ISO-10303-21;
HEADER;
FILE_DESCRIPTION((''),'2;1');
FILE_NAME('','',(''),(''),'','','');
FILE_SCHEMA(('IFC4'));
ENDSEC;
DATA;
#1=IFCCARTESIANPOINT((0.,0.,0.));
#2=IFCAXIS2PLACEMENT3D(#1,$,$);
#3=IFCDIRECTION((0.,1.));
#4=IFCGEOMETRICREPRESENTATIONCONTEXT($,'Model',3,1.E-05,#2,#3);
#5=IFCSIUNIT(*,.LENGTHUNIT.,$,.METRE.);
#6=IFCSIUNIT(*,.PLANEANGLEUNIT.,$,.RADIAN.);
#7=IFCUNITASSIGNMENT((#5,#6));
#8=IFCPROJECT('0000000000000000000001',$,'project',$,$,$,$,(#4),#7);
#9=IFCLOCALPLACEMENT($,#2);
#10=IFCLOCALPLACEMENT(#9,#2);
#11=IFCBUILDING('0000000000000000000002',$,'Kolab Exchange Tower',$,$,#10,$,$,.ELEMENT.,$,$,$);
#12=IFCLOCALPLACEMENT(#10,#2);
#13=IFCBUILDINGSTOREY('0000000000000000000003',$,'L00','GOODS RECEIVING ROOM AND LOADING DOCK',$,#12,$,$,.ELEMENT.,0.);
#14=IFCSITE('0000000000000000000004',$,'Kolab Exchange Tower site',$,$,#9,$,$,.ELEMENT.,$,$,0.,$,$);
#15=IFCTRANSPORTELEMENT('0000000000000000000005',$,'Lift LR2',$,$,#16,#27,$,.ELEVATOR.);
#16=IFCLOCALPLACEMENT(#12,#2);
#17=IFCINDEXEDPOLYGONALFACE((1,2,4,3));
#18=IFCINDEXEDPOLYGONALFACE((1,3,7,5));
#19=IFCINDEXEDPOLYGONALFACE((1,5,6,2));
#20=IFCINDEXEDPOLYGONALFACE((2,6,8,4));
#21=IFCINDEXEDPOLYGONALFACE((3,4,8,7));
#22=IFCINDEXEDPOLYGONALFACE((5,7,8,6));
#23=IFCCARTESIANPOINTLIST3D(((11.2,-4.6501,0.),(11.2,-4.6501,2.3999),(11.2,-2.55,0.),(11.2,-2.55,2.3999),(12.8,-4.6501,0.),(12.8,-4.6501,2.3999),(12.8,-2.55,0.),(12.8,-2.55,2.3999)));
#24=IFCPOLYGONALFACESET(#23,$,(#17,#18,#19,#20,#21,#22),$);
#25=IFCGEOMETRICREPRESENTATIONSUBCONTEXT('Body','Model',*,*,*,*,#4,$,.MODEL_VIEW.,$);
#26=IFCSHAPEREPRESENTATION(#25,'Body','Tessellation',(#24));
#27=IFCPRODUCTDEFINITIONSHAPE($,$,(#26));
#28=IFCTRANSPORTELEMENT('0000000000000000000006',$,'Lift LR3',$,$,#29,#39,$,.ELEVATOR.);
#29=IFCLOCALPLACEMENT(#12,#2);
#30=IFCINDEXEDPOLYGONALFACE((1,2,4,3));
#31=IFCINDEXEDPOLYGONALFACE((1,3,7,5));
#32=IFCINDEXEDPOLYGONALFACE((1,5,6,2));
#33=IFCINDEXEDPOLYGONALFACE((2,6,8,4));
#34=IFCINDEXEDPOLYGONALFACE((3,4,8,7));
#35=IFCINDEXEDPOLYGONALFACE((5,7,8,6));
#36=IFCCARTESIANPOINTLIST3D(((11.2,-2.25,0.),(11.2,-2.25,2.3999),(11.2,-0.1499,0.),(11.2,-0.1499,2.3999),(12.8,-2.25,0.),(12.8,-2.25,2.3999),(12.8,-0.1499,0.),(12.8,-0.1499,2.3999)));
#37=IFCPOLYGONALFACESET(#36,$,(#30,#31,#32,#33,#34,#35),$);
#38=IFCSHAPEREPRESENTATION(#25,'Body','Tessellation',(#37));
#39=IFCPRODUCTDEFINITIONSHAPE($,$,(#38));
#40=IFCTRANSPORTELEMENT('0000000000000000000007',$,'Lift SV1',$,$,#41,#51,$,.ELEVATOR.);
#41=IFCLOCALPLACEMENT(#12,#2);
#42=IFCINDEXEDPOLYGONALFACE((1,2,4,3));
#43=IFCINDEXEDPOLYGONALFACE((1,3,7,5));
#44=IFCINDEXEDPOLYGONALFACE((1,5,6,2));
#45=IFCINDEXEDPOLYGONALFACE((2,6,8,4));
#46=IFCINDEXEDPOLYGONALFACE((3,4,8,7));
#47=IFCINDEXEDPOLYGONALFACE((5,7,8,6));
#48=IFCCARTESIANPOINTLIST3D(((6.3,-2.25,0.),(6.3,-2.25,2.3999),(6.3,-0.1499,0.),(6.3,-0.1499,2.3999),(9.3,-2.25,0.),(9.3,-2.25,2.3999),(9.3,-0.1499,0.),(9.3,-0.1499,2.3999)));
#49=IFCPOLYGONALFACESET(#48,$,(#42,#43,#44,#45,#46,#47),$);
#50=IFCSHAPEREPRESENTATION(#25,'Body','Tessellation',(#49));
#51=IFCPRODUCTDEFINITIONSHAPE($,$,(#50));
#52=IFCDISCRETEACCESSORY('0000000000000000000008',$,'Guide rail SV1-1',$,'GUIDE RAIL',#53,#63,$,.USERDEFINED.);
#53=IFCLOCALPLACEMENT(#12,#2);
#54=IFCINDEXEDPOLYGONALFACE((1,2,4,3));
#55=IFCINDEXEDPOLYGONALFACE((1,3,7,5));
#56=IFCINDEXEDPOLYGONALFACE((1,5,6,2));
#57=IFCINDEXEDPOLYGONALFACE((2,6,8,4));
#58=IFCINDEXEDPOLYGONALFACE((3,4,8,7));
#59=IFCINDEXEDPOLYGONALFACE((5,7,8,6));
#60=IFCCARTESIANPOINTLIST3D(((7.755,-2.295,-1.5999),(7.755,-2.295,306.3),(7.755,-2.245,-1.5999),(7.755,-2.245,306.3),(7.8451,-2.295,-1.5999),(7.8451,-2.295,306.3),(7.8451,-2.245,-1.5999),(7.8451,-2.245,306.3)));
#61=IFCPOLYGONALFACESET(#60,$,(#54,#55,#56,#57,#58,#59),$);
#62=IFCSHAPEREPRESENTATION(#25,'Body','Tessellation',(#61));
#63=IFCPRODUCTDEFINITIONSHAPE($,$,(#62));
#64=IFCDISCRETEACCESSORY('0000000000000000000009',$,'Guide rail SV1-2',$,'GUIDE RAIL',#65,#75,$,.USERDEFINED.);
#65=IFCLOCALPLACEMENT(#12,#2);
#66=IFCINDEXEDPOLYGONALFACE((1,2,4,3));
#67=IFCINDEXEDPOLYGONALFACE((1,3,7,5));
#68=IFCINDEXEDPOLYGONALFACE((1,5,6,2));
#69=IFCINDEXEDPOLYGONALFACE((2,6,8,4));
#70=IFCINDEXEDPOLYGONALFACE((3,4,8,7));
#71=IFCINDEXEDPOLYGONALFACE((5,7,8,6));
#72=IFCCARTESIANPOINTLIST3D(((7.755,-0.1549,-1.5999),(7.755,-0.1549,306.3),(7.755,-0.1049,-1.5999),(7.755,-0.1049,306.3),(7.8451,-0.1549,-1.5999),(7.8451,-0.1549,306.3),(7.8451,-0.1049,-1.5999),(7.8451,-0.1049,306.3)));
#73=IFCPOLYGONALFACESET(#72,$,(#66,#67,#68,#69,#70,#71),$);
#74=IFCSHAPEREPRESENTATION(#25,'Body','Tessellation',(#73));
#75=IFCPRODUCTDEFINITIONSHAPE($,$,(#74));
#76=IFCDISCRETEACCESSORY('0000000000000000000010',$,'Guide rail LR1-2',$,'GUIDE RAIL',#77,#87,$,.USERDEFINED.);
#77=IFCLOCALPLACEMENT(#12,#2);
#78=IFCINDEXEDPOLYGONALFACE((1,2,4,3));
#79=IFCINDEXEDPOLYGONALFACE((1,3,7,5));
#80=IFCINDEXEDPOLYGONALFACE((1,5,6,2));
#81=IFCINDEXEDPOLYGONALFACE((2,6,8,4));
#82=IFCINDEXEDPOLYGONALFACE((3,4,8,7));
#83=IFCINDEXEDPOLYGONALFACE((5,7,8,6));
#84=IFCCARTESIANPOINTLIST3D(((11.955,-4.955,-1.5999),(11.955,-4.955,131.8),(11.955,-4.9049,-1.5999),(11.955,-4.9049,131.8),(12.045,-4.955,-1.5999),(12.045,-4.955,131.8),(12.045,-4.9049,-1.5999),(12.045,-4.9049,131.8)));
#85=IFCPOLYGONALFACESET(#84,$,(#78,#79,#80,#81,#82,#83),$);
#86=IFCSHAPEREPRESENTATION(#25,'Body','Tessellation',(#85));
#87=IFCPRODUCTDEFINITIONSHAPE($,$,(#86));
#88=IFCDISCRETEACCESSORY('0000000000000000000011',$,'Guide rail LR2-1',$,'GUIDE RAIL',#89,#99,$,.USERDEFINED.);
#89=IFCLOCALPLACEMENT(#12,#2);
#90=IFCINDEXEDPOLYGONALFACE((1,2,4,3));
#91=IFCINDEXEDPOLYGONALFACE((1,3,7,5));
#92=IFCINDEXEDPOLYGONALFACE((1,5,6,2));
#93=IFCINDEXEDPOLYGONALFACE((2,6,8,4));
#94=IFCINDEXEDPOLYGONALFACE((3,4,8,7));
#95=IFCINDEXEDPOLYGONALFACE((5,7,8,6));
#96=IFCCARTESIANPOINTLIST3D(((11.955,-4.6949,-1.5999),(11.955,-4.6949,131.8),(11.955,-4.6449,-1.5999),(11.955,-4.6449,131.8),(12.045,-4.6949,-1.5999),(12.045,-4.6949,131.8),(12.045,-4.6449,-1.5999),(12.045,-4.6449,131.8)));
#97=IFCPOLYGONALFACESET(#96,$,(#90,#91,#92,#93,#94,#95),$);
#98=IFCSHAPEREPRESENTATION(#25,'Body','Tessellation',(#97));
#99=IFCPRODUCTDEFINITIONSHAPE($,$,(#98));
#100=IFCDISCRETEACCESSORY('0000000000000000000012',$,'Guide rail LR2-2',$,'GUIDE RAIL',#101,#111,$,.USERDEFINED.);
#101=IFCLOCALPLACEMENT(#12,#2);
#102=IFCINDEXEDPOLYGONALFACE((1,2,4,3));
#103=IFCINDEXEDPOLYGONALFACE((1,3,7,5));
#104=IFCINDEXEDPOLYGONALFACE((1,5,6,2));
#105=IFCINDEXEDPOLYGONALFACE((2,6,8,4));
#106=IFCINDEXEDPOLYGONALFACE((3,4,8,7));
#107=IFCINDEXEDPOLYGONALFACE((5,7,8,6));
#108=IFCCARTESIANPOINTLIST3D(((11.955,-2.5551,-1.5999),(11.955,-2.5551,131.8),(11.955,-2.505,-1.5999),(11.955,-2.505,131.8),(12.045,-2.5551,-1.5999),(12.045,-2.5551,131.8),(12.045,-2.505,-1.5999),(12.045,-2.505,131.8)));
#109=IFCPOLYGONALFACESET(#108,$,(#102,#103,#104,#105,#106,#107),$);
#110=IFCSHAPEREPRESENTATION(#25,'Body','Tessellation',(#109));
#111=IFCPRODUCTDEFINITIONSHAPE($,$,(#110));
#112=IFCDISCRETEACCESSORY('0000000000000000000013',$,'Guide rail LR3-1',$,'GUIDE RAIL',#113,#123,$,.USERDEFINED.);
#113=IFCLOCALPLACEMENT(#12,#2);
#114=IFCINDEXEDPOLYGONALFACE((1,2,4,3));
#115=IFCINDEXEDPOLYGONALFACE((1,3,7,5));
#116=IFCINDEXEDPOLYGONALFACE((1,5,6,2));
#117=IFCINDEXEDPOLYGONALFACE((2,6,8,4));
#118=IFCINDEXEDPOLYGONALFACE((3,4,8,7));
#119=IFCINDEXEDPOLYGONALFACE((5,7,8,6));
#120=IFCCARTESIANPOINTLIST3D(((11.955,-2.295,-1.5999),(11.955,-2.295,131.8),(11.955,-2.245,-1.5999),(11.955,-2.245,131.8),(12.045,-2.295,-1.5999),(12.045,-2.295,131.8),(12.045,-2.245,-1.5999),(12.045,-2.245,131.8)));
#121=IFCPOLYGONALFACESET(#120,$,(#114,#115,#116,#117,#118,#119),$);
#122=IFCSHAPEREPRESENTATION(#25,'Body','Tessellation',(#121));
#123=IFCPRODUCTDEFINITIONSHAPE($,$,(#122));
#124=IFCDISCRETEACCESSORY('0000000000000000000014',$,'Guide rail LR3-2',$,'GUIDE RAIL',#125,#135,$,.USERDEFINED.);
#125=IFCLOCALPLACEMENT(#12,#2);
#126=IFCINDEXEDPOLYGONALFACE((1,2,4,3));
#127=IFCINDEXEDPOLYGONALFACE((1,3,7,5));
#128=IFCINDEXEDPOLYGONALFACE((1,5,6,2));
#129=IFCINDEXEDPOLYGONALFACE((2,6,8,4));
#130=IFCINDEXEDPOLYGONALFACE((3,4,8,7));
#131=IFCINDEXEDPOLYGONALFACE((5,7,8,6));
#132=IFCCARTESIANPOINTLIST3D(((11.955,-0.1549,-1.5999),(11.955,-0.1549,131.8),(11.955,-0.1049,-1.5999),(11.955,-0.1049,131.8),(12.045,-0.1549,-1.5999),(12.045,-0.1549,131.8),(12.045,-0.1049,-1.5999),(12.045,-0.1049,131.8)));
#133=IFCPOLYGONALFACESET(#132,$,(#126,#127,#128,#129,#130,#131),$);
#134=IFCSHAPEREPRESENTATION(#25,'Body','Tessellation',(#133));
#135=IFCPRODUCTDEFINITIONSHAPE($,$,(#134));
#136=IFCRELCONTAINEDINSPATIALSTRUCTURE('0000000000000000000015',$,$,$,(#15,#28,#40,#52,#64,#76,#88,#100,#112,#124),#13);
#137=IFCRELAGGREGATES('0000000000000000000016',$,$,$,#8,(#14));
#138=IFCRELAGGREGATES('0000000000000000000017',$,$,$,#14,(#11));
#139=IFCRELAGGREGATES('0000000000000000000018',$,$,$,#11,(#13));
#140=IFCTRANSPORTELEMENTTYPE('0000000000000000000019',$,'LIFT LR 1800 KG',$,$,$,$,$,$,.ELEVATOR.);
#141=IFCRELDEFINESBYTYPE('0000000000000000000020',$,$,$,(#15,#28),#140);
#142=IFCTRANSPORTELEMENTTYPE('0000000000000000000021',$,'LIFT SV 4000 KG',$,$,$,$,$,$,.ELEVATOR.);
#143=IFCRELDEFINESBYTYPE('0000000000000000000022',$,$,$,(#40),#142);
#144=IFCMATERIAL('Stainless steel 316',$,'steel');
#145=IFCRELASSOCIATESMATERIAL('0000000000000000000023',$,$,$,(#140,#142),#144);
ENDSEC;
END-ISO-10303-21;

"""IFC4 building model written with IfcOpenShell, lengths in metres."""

from ifc_helpers import new_model, si_unit, direction, frame, origin, origin_2d, place, context, subcontext, project, spatial, rectangle, extrude, material, type_object, element, save


model = new_model("IFC4")

# Units and contexts
model_context = context("Model", 3, precision=1e-05, world=origin(), true_north=direction((0.0, 1.0)))
body_context = subcontext(model_context, "Body", "Model", "MODEL_VIEW")
ifc_project = project(units=[si_unit("LENGTHUNIT", "METRE"), si_unit("PLANEANGLEUNIT", "RADIAN")], contexts=[model_context])

# Site, building, storey
site_placement = place(None, origin())
site = spatial("IfcSite", under=ifc_project, at=site_placement, Name="Kolab Exchange Tower site", CompositionType="ELEMENT", RefElevation=0.0)
building_placement = place(site_placement, origin())
building = spatial("IfcBuilding", under=site, at=building_placement, Name="Kolab Exchange Tower", CompositionType="ELEMENT")
storey_placement = place(building_placement, origin())
storey = spatial("IfcBuildingStorey", under=building, at=storey_placement, Name="L00", Description="GOODS RECEIVING ROOM AND LOADING DOCK", CompositionType="ELEMENT", Elevation=0.0)

# Shared definitions
ifc_material_1 = material(Name="Stainless steel 316", Category="steel")

# Transport elements
transport_element_type_1 = type_object("IfcTransportElementType", Name="LIFT LR 1800 KG", PredefinedType="ELEVATOR", material=ifc_material_1)
for number, where, z_axis, x_axis, name in (
    (1, (12.0, -3.6001, 0.0), (0.0, 0.0, 1.0), (1.0, 0.0, 0.0), "Lift LR2"),
    (2, (12.0, -1.2, 0.0), (0.0, 0.0, 1.0), (1.0, 0.0, 0.0), "Lift LR3"),
):
    element("IfcTransportElement", number, at=place(storey_placement, frame(where, z_axis=z_axis, x_axis=x_axis)), inside=storey, type_object=transport_element_type_1, Name=name, PredefinedType="ELEVATOR", context=body_context, shape_type="SweptSolid", body=[
        extrude(rectangle(XDim=1.6001, YDim=2.1001, at=origin_2d()), origin(), (0.0, 0.0, 1.0), 2.3999),
    ])
transport_element_type_2 = type_object("IfcTransportElementType", Name="LIFT SV 4000 KG", PredefinedType="ELEVATOR", material=ifc_material_1)
transport_element_placement = place(storey_placement, frame((7.8, -1.2, 0.0), z_axis=(0.0, 0.0, 1.0), x_axis=(1.0, 0.0, 0.0)))
element("IfcTransportElement", 3, at=transport_element_placement, inside=storey, type_object=transport_element_type_2, Name="Lift SV1", PredefinedType="ELEVATOR", context=body_context, shape_type="SweptSolid", body=[
    extrude(rectangle(XDim=3.0, YDim=2.1001, at=origin_2d()), origin(), (0.0, 0.0, 1.0), 2.3999),
])

# Discrete accessories
for number, where, z_axis, x_axis, name in (
    (4, (7.8, -2.27, -1.5999), (0.0, 0.0, 1.0), (1.0, 0.0, 0.0), "Guide rail SV1-1"),
    (5, (7.8, -0.1299, -1.5999), (0.0, 0.0, 1.0), (1.0, 0.0, 0.0), "Guide rail SV1-2"),
):
    element("IfcDiscreteAccessory", number, at=place(storey_placement, frame(where, z_axis=z_axis, x_axis=x_axis)), inside=storey, Name=name, ObjectType="GUIDE RAIL", PredefinedType="USERDEFINED", context=body_context, shape_type="SweptSolid", body=[
        extrude(rectangle(XDim=0.0901, YDim=0.05, at=origin_2d()), origin(), (0.0, 0.0, 1.0), 307.8999),
    ])
for number, where, z_axis, x_axis, name in (
    (6, (12.0, -4.9299, -1.5999), (0.0, 0.0, 1.0), (1.0, 0.0, 0.0), "Guide rail LR1-2"),
    (7, (12.0, -4.6699, -1.5999), (0.0, 0.0, 1.0), (1.0, 0.0, 0.0), "Guide rail LR2-1"),
    (8, (12.0, -2.53, -1.5999), (0.0, 0.0, 1.0), (1.0, 0.0, 0.0), "Guide rail LR2-2"),
    (9, (12.0, -2.27, -1.5999), (0.0, 0.0, 1.0), (1.0, 0.0, 0.0), "Guide rail LR3-1"),
    (10, (12.0, -0.1299, -1.5999), (0.0, 0.0, 1.0), (1.0, 0.0, 0.0), "Guide rail LR3-2"),
):
    element("IfcDiscreteAccessory", number, at=place(storey_placement, frame(where, z_axis=z_axis, x_axis=x_axis)), inside=storey, Name=name, ObjectType="GUIDE RAIL", PredefinedType="USERDEFINED", context=body_context, shape_type="SweptSolid", body=[
        extrude(rectangle(XDim=0.0901, YDim=0.05, at=origin_2d()), origin(), (0.0, 0.0, 1.0), 133.3999),
    ])

save(model, "model.ifc")
